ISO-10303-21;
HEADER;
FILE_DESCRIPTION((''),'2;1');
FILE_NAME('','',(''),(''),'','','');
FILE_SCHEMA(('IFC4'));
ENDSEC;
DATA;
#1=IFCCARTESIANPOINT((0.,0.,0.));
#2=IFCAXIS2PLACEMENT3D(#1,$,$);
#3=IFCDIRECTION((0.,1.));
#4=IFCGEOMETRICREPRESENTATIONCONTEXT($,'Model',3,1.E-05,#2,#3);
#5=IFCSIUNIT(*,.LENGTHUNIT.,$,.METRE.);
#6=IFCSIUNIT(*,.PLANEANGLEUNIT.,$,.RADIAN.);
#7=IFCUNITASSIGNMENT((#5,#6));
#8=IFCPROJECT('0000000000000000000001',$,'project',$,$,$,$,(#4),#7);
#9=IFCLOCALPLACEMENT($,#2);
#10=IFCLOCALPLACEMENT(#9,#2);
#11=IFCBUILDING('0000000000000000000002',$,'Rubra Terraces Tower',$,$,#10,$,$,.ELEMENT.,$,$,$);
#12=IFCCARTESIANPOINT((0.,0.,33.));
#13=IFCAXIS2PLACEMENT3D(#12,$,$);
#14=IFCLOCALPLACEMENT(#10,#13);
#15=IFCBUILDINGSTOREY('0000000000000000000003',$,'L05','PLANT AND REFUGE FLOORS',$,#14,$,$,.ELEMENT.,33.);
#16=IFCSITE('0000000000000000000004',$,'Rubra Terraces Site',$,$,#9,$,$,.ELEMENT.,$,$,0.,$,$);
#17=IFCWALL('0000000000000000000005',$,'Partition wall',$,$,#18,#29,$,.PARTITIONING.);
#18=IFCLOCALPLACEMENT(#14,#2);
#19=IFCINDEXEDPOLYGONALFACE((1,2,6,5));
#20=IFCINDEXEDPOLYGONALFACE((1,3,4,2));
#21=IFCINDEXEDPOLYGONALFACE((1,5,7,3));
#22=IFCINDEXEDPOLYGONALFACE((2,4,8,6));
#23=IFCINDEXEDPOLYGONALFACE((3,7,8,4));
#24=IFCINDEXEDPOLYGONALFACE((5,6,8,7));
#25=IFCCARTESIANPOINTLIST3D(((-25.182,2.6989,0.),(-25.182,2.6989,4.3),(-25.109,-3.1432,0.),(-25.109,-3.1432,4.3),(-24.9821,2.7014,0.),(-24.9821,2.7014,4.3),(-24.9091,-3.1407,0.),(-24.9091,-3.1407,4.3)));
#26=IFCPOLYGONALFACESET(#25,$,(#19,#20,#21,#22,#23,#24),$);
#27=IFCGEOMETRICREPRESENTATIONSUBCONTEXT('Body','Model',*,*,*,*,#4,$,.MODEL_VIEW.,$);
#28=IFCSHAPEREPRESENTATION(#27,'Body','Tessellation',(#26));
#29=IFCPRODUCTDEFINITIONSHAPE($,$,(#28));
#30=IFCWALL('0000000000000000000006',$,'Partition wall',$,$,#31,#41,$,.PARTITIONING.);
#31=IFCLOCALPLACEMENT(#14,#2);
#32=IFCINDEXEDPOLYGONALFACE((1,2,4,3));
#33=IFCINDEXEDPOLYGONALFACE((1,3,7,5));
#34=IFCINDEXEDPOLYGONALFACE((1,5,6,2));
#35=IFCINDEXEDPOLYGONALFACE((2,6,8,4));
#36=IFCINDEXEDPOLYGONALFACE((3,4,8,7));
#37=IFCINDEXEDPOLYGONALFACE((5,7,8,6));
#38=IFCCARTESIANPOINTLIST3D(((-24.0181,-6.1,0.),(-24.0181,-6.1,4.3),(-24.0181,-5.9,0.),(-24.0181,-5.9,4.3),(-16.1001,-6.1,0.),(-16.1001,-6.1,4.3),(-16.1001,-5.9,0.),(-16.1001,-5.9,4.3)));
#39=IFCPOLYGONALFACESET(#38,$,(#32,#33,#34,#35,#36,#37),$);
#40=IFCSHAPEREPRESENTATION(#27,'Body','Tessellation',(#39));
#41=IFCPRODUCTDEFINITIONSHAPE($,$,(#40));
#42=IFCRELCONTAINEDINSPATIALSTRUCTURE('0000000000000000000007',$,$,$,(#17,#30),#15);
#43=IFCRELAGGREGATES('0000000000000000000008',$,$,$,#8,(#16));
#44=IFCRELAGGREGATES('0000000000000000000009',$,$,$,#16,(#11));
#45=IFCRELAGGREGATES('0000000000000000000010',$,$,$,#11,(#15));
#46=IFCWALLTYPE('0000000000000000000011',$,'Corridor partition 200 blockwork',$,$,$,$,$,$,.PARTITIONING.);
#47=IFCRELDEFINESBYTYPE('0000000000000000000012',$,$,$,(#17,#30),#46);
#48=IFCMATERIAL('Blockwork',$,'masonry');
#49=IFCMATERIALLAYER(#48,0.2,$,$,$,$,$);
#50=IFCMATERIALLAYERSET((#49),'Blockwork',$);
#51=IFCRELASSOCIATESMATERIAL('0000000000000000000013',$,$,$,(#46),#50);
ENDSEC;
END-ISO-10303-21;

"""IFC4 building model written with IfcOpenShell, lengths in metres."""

from ifc_helpers import new_model, si_unit, direction, frame, frame_2d, origin, place, context, subcontext, project, spatial, rectangle, extrude, material, layer, layer_set, type_object, element, save


model = new_model("IFC4")

# Units and contexts
model_context = context("Model", 3, precision=1e-05, world=origin(), true_north=direction((0.0, 1.0)))
body_context = subcontext(model_context, "Body", "Model", "MODEL_VIEW")
ifc_project = project(units=[si_unit("LENGTHUNIT", "METRE"), si_unit("PLANEANGLEUNIT", "RADIAN")], contexts=[model_context])

# Site, building, storey
site_placement = place(None, origin())
site = spatial("IfcSite", under=ifc_project, at=site_placement, Name="Rubra Terraces Site", CompositionType="ELEMENT", RefElevation=0.0)
building_placement = place(site_placement, origin())
building = spatial("IfcBuilding", under=site, at=building_placement, Name="Rubra Terraces Tower", CompositionType="ELEMENT")
storey_placement = place(building_placement, frame((0.0, 0.0, 33.0)))
storey = spatial("IfcBuildingStorey", under=building, at=storey_placement, Name="L05", Description="PLANT AND REFUGE FLOORS", CompositionType="ELEMENT", Elevation=33.0)

# Shared definitions
ifc_material_1 = material(Name="Blockwork", Category="masonry")
ifc_layer_1 = layer(ifc_material_1, 0.2)
ifc_layer_set_1 = layer_set([ifc_layer_1], Name="Blockwork")
wall_type_1 = type_object("IfcWallType", Name="Corridor partition 200 blockwork", PredefinedType="PARTITIONING", material=ifc_layer_set_1)

# Walls
wall_1_placement = place(storey_placement, frame((-25.009, -3.1421, 0.0), z_axis=(0.0, 0.0, 1.0), x_axis=(-0.012494, 0.999922, 0.0)))
element("IfcWall", 1, at=wall_1_placement, inside=storey, type_object=wall_type_1, Name="Partition wall", PredefinedType="PARTITIONING", context=body_context, shape_type="SweptSolid", body=[
    extrude(rectangle(XDim=5.8425, YDim=0.2, at=frame_2d((2.9214, 0.0))), origin(), (0.0, 0.0, 1.0), 4.3),
])
wall_2_placement = place(storey_placement, frame((-16.1001, -6.0, 0.0), z_axis=(0.0, 0.0, 1.0), x_axis=(-1.0, 0.0, 0.0)))
element("IfcWall", 2, at=wall_2_placement, inside=storey, type_object=wall_type_1, Name="Partition wall", PredefinedType="PARTITIONING", context=body_context, shape_type="SweptSolid", body=[
    extrude(rectangle(XDim=7.918, YDim=0.2, at=frame_2d((3.959, 0.0))), origin(), (0.0, 0.0, 1.0), 4.3),
])

save(model, "model.ifc")
